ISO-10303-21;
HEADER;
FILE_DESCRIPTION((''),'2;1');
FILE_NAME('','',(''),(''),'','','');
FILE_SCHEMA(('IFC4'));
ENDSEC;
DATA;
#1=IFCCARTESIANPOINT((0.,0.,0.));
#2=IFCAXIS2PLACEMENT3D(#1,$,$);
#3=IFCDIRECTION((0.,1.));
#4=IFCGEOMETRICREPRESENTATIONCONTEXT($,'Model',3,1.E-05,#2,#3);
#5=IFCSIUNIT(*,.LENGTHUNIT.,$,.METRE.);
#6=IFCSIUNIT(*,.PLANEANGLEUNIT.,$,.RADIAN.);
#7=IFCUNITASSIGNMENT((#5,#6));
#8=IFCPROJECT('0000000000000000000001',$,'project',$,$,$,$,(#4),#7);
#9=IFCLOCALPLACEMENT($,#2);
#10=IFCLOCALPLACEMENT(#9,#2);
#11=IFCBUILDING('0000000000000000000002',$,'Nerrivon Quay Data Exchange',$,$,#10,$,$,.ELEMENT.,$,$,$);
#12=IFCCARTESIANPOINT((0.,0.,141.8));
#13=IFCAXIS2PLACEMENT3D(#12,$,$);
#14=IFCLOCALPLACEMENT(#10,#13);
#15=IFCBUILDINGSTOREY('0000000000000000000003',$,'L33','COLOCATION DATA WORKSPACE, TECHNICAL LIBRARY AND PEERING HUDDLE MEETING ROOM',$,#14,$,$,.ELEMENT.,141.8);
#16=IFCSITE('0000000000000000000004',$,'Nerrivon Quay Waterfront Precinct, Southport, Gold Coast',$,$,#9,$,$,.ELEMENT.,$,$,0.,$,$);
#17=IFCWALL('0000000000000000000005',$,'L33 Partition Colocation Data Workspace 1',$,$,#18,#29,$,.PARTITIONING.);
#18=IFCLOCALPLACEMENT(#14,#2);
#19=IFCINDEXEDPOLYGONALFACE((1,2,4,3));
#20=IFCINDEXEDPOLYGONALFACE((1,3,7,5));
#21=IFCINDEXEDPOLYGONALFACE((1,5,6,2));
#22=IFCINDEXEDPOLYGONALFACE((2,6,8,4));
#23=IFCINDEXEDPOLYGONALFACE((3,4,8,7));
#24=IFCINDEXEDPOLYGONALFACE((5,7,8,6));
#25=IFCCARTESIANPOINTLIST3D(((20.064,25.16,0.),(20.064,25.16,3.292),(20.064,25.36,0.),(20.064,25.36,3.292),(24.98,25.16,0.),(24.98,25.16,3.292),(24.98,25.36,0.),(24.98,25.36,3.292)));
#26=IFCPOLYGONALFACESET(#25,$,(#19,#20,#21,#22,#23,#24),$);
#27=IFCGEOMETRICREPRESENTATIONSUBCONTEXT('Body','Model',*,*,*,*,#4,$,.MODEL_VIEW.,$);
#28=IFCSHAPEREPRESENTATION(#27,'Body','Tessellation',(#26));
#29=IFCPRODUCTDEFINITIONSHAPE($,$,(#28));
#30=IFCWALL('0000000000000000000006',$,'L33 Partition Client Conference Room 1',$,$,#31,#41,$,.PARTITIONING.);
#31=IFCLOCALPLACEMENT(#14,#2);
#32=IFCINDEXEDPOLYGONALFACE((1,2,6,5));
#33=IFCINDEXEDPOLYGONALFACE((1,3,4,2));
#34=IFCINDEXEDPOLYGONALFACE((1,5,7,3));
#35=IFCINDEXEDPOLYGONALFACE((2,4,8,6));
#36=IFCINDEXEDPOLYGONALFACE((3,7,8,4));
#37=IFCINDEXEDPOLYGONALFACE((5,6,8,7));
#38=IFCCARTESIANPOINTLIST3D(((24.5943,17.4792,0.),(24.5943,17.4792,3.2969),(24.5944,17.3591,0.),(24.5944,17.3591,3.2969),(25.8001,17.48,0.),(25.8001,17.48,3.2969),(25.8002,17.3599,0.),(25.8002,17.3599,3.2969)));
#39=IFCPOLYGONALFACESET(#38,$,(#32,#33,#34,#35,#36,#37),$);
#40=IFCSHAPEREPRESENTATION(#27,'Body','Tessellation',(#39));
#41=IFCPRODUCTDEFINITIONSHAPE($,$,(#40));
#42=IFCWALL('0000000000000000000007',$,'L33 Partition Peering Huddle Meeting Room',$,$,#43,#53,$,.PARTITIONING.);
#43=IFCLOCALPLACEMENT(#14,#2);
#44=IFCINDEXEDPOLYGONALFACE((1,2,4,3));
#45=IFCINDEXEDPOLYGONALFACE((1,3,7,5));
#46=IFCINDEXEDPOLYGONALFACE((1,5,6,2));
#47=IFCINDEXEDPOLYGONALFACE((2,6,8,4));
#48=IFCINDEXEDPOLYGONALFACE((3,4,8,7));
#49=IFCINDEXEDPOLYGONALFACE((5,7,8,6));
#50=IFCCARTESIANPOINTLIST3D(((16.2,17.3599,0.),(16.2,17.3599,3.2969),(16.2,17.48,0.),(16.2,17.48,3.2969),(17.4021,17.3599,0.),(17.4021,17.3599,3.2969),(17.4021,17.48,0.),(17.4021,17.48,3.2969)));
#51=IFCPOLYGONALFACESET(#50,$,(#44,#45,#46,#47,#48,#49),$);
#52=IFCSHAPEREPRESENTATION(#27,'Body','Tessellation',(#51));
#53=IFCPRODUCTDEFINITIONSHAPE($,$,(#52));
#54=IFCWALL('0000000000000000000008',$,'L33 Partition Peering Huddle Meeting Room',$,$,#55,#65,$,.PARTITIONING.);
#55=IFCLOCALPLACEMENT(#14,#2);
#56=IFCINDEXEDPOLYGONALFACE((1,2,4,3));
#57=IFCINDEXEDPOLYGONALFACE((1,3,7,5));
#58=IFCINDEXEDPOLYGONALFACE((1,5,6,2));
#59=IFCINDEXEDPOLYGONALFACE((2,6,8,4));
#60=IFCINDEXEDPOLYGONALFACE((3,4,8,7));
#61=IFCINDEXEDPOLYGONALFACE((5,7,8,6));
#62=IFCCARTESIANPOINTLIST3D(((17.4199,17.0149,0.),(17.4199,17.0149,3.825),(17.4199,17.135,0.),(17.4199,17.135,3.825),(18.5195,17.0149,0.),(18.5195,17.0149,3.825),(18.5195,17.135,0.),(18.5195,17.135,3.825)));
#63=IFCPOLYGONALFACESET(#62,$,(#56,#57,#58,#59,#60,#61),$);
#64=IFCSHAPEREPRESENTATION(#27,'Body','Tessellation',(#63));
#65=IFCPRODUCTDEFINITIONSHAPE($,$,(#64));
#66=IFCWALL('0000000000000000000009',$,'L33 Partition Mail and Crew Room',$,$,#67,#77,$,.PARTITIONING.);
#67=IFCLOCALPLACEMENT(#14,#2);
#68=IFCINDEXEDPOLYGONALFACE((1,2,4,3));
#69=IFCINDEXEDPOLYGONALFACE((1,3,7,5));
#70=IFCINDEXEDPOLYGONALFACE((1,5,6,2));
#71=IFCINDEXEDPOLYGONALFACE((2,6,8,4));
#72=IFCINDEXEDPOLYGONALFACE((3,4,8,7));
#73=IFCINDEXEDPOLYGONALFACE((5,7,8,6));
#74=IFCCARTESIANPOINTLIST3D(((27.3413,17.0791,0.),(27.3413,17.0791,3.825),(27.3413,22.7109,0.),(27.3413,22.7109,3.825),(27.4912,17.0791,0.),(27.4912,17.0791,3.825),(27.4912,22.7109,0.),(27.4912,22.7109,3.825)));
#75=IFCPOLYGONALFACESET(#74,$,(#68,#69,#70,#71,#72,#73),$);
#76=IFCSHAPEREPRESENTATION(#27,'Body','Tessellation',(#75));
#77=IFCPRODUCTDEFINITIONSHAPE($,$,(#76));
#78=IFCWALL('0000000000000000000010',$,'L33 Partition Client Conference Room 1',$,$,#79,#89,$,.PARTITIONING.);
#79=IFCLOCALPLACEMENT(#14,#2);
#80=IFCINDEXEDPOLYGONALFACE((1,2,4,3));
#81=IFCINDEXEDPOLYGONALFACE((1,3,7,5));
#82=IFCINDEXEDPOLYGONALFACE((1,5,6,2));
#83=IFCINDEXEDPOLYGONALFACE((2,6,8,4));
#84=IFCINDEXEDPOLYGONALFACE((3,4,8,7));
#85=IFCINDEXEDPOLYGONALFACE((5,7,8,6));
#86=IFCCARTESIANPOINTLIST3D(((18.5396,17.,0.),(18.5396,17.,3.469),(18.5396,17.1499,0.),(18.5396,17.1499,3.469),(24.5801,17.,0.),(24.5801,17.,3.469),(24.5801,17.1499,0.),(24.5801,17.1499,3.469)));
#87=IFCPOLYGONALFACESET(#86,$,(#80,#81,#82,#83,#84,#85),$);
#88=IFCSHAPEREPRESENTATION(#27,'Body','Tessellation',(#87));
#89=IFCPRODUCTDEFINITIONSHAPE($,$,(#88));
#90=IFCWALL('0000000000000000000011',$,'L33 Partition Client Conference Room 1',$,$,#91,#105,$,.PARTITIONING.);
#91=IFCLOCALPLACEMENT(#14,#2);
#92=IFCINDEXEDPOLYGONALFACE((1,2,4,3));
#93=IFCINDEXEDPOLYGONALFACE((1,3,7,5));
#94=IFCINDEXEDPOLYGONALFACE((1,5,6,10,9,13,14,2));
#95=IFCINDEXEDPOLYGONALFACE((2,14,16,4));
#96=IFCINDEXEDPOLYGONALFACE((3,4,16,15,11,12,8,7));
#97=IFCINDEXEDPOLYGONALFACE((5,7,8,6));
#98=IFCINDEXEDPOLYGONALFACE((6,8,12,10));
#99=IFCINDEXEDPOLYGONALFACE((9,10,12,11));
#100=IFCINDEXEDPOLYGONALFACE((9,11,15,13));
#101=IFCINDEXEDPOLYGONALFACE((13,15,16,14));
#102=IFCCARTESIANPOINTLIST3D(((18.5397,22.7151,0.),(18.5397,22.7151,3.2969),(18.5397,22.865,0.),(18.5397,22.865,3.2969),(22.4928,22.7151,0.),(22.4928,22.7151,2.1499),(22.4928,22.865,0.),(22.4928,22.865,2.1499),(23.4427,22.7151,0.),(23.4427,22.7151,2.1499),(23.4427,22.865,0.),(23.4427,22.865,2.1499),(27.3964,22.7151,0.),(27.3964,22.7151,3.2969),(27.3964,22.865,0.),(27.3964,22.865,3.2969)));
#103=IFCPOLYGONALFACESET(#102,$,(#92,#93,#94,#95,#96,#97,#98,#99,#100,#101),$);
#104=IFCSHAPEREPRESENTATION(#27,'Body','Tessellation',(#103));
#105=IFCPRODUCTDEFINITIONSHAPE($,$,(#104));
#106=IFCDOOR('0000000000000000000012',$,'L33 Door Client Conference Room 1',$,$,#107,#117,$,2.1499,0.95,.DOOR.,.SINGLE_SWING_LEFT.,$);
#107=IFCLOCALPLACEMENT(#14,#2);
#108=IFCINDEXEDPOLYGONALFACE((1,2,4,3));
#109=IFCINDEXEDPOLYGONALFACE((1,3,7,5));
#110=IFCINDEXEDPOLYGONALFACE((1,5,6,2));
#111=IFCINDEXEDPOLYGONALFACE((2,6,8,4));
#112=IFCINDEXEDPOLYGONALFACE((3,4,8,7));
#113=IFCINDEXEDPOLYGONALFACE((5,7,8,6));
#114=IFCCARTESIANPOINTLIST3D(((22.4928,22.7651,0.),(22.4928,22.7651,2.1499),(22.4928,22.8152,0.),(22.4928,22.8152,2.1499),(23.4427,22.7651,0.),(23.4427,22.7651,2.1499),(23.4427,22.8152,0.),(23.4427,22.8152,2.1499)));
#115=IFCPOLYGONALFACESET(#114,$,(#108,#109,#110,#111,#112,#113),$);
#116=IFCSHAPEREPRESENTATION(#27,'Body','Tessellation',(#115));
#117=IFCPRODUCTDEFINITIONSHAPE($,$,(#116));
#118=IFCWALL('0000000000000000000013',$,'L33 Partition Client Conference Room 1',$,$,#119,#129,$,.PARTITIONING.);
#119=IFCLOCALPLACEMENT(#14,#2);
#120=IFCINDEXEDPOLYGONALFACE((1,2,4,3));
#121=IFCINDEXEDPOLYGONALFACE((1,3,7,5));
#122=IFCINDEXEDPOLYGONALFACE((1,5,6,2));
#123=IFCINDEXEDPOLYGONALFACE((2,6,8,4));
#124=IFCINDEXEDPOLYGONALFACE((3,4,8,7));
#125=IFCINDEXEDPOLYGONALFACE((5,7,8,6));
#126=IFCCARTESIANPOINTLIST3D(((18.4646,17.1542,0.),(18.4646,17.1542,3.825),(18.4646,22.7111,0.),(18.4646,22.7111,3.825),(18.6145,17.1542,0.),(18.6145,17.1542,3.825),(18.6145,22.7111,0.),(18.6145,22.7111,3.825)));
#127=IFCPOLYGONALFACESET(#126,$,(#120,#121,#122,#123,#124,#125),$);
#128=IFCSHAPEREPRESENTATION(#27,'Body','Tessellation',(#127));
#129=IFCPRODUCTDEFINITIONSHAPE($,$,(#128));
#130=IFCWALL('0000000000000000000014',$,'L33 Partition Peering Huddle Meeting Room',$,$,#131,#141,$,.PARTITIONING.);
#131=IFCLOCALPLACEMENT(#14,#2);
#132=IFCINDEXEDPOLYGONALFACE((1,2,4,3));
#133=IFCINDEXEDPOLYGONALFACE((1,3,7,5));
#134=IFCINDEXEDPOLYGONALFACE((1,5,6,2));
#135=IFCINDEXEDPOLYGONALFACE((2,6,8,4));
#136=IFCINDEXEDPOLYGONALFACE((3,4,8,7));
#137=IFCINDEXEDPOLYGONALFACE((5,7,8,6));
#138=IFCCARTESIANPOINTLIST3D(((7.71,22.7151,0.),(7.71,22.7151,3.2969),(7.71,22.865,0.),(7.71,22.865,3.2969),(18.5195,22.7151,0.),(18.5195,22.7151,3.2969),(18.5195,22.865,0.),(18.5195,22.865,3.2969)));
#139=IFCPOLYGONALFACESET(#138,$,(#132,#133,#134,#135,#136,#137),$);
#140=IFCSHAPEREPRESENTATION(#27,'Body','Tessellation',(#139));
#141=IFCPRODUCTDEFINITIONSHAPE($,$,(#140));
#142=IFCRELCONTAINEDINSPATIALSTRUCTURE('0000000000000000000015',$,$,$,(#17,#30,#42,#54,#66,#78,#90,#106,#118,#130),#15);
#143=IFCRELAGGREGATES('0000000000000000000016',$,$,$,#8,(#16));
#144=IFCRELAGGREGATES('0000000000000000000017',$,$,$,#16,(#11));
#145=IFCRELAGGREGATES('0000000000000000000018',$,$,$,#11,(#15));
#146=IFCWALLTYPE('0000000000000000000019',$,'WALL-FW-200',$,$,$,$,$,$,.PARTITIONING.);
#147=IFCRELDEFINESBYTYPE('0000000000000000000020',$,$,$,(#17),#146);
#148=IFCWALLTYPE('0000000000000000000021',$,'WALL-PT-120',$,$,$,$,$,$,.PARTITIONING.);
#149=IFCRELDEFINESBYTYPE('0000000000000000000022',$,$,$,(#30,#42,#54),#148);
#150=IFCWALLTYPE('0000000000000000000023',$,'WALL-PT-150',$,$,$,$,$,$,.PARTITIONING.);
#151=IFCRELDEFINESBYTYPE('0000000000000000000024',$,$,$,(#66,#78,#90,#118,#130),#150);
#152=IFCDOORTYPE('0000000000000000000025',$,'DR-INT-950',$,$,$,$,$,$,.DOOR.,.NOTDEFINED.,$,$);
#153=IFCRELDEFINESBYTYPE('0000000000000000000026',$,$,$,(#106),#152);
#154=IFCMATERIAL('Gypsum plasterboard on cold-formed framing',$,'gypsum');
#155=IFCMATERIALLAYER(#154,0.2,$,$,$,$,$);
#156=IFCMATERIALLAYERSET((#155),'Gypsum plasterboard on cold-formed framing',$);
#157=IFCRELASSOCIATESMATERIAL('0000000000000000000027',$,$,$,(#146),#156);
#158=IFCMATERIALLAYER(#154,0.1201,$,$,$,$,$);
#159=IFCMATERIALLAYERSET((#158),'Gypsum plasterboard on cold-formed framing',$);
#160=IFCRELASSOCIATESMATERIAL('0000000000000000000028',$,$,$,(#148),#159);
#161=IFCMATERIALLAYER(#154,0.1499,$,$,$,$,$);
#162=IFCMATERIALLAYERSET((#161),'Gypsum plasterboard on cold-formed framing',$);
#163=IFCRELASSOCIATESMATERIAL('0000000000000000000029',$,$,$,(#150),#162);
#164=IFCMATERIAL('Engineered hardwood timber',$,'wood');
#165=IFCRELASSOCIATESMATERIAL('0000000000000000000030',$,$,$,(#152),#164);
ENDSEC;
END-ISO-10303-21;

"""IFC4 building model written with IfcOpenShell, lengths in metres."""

from ifc_helpers import new_model, si_unit, direction, frame, frame_2d, origin, place, context, subcontext, project, spatial, rectangle, extrude, material, layer, layer_set, type_object, element, fill, save


model = new_model("IFC4")

# Units and contexts
model_context = context("Model", 3, precision=1e-05, world=origin(), true_north=direction((0.0, 1.0)))
body_context = subcontext(model_context, "Body", "Model", "MODEL_VIEW")
ifc_project = project(units=[si_unit("LENGTHUNIT", "METRE"), si_unit("PLANEANGLEUNIT", "RADIAN")], contexts=[model_context])

# Site, building, storey
site_placement = place(None, origin())
site = spatial("IfcSite", under=ifc_project, at=site_placement, Name="Nerrivon Quay Waterfront Precinct, Southport, Gold Coast", CompositionType="ELEMENT", RefElevation=0.0)
building_placement = place(site_placement, origin())
building = spatial("IfcBuilding", under=site, at=building_placement, Name="Nerrivon Quay Data Exchange", CompositionType="ELEMENT")
storey_placement = place(building_placement, frame((0.0, 0.0, 141.8)))
storey = spatial("IfcBuildingStorey", under=building, at=storey_placement, Name="L33", Description="COLOCATION DATA WORKSPACE, TECHNICAL LIBRARY AND PEERING HUDDLE MEETING ROOM", CompositionType="ELEMENT", Elevation=141.8)

# Walls
ifc_material_1 = material(Name="Gypsum plasterboard on cold-formed framing", Category="gypsum")
ifc_layer_1 = layer(ifc_material_1, 0.2)
ifc_layer_set_1 = layer_set([ifc_layer_1], Name="Gypsum plasterboard on cold-formed framing")
wall_type_1 = type_object("IfcWallType", Name="WALL-FW-200", PredefinedType="PARTITIONING", material=ifc_layer_set_1)
wall_1_placement = place(storey_placement, frame((20.064, 25.26, 0.0), z_axis=(0.0, 0.0, 1.0), x_axis=(1.0, 0.0, 0.0)))
element("IfcWall", 1, at=wall_1_placement, inside=storey, type_object=wall_type_1, Name="L33 Partition Colocation Data Workspace 1", PredefinedType="PARTITIONING", context=body_context, shape_type="SweptSolid", body=[
    extrude(rectangle(XDim=4.916, YDim=0.2, at=frame_2d((2.458, 0.0))), origin(), (0.0, 0.0, 1.0), 3.292),
])
ifc_layer_2 = layer(ifc_material_1, 0.1201)
ifc_layer_set_2 = layer_set([ifc_layer_2], Name="Gypsum plasterboard on cold-formed framing")
wall_type_2 = type_object("IfcWallType", Name="WALL-PT-120", PredefinedType="PARTITIONING", material=ifc_layer_set_2)
wall_2_placement = place(storey_placement, frame((24.5942, 17.4192, 0.0), z_axis=(0.0, 0.0, 1.0), x_axis=(1.0, 0.000607, 0.0)))
element("IfcWall", 2, at=wall_2_placement, inside=storey, type_object=wall_type_2, Name="L33 Partition Client Conference Room 1", PredefinedType="PARTITIONING", context=body_context, shape_type="SweptSolid", body=[
    extrude(rectangle(XDim=1.2058, YDim=0.1201, at=frame_2d((0.603, 0.0))), origin(), (0.0, 0.0, 1.0), 3.2969),
])
wall_3_placement = place(storey_placement, frame((16.2, 17.4199, 0.0), z_axis=(0.0, 0.0, 1.0), x_axis=(1.0, 0.0, 0.0)))
element("IfcWall", 3, at=wall_3_placement, inside=storey, type_object=wall_type_2, Name="L33 Partition Peering Huddle Meeting Room", PredefinedType="PARTITIONING", context=body_context, shape_type="SweptSolid", body=[
    extrude(rectangle(XDim=1.2021, YDim=0.1201, at=frame_2d((0.6011, 0.0))), origin(), (0.0, 0.0, 1.0), 3.2969),
])
wall_4_placement = place(storey_placement, frame((17.4199, 17.075, 0.0), z_axis=(0.0, 0.0, 1.0), x_axis=(1.0, 0.0, 0.0)))
element("IfcWall", 4, at=wall_4_placement, inside=storey, type_object=wall_type_2, Name="L33 Partition Peering Huddle Meeting Room", PredefinedType="PARTITIONING", context=body_context, shape_type="SweptSolid", body=[
    extrude(rectangle(XDim=1.0996, YDim=0.1201, at=frame_2d((0.5498, 0.0))), origin(), (0.0, 0.0, 1.0), 3.825),
])
ifc_layer_3 = layer(ifc_material_1, 0.1499)
ifc_layer_set_3 = layer_set([ifc_layer_3], Name="Gypsum plasterboard on cold-formed framing")
wall_type_3 = type_object("IfcWallType", Name="WALL-PT-150", PredefinedType="PARTITIONING", material=ifc_layer_set_3)
wall_5_placement = place(storey_placement, frame((27.4163, 22.7109, 0.0), z_axis=(0.0, 0.0, 1.0), x_axis=(0.0, -1.0, 0.0)))
element("IfcWall", 5, at=wall_5_placement, inside=storey, type_object=wall_type_3, Name="L33 Partition Mail and Crew Room", PredefinedType="PARTITIONING", context=body_context, shape_type="SweptSolid", body=[
    extrude(rectangle(XDim=5.6318, YDim=0.1499, at=frame_2d((2.8159, 0.0))), origin(), (0.0, 0.0, 1.0), 3.825),
])
wall_6_placement = place(storey_placement, frame((18.5396, 17.075, 0.0), z_axis=(0.0, 0.0, 1.0), x_axis=(1.0, 0.0, 0.0)))
element("IfcWall", 6, at=wall_6_placement, inside=storey, type_object=wall_type_3, Name="L33 Partition Client Conference Room 1", PredefinedType="PARTITIONING", context=body_context, shape_type="SweptSolid", body=[
    extrude(rectangle(XDim=6.0405, YDim=0.1499, at=frame_2d((3.0203, 0.0))), origin(), (0.0, 0.0, 1.0), 3.469),
])

# Wall, opening, door
wall_7_placement = place(storey_placement, frame((27.3962, 22.79, 0.0), z_axis=(0.0, 0.0, 1.0), x_axis=(-1.0, 0.0, 0.0)))
wall_7 = element("IfcWall", 7, at=wall_7_placement, inside=storey, type_object=wall_type_3, Name="L33 Partition Client Conference Room 1", PredefinedType="PARTITIONING", context=body_context, shape_type="SweptSolid", body=[
    extrude(rectangle(XDim=8.8567, YDim=0.1499, at=frame_2d((4.4282, 0.0))), origin(), (0.0, 0.0, 1.0), 3.2969),
])
opening_placement = place(wall_7_placement, frame((3.9534, 0.0, 0.0)))
opening = element("IfcOpeningElement", 8, at=opening_placement, cuts=wall_7, PredefinedType="OPENING", context=body_context, shape_type="SweptSolid", body=[
    extrude(rectangle(XDim=0.95, YDim=2.1499, at=frame_2d((0.4751, 1.075))), frame((0.0, 0.085, 0.0), z_axis=(0.0, -1.0, 0.0), x_axis=(1.0, 0.0, 0.0)), (0.0, 0.0, 1.0), 0.1699),
])
ifc_material_2 = material(Name="Engineered hardwood timber", Category="wood")
door_type = type_object("IfcDoorType", Name="DR-INT-950", OperationType="NOTDEFINED", PredefinedType="DOOR", material=ifc_material_2)
door_placement = place(opening_placement, origin())
door = element("IfcDoor", 9, at=door_placement, inside=storey, type_object=door_type, Name="L33 Door Client Conference Room 1", OperationType="SINGLE_SWING_LEFT", OverallHeight=2.1499, OverallWidth=0.95, PredefinedType="DOOR", context=body_context, shape_type="SweptSolid", body=[
    extrude(rectangle(XDim=0.95, YDim=2.1499, at=frame_2d((0.4751, 1.075))), frame((0.0, 0.0249, 0.0), z_axis=(0.0, -1.0, 0.0), x_axis=(1.0, 0.0, 0.0)), (0.0, 0.0, 1.0), 0.05),
])
fill(opening, door)

# Walls
wall_8_placement = place(storey_placement, frame((18.5396, 22.7109, 0.0), z_axis=(0.0, 0.0, 1.0), x_axis=(0.0, -1.0, 0.0)))
element("IfcWall", 10, at=wall_8_placement, inside=storey, type_object=wall_type_3, Name="L33 Partition Client Conference Room 1", PredefinedType="PARTITIONING", context=body_context, shape_type="SweptSolid", body=[
    extrude(rectangle(XDim=5.5569, YDim=0.1499, at=frame_2d((2.7783, 0.0))), origin(), (0.0, 0.0, 1.0), 3.825),
])
wall_9_placement = place(storey_placement, frame((18.5195, 22.79, 0.0), z_axis=(0.0, 0.0, 1.0), x_axis=(-1.0, 0.0, 0.0)))
element("IfcWall", 11, at=wall_9_placement, inside=storey, type_object=wall_type_3, Name="L33 Partition Peering Huddle Meeting Room", PredefinedType="PARTITIONING", context=body_context, shape_type="SweptSolid", body=[
    extrude(rectangle(XDim=10.8096, YDim=0.1499, at=frame_2d((5.4048, 0.0))), origin(), (0.0, 0.0, 1.0), 3.2969),
])

save(model, "model.ifc")
